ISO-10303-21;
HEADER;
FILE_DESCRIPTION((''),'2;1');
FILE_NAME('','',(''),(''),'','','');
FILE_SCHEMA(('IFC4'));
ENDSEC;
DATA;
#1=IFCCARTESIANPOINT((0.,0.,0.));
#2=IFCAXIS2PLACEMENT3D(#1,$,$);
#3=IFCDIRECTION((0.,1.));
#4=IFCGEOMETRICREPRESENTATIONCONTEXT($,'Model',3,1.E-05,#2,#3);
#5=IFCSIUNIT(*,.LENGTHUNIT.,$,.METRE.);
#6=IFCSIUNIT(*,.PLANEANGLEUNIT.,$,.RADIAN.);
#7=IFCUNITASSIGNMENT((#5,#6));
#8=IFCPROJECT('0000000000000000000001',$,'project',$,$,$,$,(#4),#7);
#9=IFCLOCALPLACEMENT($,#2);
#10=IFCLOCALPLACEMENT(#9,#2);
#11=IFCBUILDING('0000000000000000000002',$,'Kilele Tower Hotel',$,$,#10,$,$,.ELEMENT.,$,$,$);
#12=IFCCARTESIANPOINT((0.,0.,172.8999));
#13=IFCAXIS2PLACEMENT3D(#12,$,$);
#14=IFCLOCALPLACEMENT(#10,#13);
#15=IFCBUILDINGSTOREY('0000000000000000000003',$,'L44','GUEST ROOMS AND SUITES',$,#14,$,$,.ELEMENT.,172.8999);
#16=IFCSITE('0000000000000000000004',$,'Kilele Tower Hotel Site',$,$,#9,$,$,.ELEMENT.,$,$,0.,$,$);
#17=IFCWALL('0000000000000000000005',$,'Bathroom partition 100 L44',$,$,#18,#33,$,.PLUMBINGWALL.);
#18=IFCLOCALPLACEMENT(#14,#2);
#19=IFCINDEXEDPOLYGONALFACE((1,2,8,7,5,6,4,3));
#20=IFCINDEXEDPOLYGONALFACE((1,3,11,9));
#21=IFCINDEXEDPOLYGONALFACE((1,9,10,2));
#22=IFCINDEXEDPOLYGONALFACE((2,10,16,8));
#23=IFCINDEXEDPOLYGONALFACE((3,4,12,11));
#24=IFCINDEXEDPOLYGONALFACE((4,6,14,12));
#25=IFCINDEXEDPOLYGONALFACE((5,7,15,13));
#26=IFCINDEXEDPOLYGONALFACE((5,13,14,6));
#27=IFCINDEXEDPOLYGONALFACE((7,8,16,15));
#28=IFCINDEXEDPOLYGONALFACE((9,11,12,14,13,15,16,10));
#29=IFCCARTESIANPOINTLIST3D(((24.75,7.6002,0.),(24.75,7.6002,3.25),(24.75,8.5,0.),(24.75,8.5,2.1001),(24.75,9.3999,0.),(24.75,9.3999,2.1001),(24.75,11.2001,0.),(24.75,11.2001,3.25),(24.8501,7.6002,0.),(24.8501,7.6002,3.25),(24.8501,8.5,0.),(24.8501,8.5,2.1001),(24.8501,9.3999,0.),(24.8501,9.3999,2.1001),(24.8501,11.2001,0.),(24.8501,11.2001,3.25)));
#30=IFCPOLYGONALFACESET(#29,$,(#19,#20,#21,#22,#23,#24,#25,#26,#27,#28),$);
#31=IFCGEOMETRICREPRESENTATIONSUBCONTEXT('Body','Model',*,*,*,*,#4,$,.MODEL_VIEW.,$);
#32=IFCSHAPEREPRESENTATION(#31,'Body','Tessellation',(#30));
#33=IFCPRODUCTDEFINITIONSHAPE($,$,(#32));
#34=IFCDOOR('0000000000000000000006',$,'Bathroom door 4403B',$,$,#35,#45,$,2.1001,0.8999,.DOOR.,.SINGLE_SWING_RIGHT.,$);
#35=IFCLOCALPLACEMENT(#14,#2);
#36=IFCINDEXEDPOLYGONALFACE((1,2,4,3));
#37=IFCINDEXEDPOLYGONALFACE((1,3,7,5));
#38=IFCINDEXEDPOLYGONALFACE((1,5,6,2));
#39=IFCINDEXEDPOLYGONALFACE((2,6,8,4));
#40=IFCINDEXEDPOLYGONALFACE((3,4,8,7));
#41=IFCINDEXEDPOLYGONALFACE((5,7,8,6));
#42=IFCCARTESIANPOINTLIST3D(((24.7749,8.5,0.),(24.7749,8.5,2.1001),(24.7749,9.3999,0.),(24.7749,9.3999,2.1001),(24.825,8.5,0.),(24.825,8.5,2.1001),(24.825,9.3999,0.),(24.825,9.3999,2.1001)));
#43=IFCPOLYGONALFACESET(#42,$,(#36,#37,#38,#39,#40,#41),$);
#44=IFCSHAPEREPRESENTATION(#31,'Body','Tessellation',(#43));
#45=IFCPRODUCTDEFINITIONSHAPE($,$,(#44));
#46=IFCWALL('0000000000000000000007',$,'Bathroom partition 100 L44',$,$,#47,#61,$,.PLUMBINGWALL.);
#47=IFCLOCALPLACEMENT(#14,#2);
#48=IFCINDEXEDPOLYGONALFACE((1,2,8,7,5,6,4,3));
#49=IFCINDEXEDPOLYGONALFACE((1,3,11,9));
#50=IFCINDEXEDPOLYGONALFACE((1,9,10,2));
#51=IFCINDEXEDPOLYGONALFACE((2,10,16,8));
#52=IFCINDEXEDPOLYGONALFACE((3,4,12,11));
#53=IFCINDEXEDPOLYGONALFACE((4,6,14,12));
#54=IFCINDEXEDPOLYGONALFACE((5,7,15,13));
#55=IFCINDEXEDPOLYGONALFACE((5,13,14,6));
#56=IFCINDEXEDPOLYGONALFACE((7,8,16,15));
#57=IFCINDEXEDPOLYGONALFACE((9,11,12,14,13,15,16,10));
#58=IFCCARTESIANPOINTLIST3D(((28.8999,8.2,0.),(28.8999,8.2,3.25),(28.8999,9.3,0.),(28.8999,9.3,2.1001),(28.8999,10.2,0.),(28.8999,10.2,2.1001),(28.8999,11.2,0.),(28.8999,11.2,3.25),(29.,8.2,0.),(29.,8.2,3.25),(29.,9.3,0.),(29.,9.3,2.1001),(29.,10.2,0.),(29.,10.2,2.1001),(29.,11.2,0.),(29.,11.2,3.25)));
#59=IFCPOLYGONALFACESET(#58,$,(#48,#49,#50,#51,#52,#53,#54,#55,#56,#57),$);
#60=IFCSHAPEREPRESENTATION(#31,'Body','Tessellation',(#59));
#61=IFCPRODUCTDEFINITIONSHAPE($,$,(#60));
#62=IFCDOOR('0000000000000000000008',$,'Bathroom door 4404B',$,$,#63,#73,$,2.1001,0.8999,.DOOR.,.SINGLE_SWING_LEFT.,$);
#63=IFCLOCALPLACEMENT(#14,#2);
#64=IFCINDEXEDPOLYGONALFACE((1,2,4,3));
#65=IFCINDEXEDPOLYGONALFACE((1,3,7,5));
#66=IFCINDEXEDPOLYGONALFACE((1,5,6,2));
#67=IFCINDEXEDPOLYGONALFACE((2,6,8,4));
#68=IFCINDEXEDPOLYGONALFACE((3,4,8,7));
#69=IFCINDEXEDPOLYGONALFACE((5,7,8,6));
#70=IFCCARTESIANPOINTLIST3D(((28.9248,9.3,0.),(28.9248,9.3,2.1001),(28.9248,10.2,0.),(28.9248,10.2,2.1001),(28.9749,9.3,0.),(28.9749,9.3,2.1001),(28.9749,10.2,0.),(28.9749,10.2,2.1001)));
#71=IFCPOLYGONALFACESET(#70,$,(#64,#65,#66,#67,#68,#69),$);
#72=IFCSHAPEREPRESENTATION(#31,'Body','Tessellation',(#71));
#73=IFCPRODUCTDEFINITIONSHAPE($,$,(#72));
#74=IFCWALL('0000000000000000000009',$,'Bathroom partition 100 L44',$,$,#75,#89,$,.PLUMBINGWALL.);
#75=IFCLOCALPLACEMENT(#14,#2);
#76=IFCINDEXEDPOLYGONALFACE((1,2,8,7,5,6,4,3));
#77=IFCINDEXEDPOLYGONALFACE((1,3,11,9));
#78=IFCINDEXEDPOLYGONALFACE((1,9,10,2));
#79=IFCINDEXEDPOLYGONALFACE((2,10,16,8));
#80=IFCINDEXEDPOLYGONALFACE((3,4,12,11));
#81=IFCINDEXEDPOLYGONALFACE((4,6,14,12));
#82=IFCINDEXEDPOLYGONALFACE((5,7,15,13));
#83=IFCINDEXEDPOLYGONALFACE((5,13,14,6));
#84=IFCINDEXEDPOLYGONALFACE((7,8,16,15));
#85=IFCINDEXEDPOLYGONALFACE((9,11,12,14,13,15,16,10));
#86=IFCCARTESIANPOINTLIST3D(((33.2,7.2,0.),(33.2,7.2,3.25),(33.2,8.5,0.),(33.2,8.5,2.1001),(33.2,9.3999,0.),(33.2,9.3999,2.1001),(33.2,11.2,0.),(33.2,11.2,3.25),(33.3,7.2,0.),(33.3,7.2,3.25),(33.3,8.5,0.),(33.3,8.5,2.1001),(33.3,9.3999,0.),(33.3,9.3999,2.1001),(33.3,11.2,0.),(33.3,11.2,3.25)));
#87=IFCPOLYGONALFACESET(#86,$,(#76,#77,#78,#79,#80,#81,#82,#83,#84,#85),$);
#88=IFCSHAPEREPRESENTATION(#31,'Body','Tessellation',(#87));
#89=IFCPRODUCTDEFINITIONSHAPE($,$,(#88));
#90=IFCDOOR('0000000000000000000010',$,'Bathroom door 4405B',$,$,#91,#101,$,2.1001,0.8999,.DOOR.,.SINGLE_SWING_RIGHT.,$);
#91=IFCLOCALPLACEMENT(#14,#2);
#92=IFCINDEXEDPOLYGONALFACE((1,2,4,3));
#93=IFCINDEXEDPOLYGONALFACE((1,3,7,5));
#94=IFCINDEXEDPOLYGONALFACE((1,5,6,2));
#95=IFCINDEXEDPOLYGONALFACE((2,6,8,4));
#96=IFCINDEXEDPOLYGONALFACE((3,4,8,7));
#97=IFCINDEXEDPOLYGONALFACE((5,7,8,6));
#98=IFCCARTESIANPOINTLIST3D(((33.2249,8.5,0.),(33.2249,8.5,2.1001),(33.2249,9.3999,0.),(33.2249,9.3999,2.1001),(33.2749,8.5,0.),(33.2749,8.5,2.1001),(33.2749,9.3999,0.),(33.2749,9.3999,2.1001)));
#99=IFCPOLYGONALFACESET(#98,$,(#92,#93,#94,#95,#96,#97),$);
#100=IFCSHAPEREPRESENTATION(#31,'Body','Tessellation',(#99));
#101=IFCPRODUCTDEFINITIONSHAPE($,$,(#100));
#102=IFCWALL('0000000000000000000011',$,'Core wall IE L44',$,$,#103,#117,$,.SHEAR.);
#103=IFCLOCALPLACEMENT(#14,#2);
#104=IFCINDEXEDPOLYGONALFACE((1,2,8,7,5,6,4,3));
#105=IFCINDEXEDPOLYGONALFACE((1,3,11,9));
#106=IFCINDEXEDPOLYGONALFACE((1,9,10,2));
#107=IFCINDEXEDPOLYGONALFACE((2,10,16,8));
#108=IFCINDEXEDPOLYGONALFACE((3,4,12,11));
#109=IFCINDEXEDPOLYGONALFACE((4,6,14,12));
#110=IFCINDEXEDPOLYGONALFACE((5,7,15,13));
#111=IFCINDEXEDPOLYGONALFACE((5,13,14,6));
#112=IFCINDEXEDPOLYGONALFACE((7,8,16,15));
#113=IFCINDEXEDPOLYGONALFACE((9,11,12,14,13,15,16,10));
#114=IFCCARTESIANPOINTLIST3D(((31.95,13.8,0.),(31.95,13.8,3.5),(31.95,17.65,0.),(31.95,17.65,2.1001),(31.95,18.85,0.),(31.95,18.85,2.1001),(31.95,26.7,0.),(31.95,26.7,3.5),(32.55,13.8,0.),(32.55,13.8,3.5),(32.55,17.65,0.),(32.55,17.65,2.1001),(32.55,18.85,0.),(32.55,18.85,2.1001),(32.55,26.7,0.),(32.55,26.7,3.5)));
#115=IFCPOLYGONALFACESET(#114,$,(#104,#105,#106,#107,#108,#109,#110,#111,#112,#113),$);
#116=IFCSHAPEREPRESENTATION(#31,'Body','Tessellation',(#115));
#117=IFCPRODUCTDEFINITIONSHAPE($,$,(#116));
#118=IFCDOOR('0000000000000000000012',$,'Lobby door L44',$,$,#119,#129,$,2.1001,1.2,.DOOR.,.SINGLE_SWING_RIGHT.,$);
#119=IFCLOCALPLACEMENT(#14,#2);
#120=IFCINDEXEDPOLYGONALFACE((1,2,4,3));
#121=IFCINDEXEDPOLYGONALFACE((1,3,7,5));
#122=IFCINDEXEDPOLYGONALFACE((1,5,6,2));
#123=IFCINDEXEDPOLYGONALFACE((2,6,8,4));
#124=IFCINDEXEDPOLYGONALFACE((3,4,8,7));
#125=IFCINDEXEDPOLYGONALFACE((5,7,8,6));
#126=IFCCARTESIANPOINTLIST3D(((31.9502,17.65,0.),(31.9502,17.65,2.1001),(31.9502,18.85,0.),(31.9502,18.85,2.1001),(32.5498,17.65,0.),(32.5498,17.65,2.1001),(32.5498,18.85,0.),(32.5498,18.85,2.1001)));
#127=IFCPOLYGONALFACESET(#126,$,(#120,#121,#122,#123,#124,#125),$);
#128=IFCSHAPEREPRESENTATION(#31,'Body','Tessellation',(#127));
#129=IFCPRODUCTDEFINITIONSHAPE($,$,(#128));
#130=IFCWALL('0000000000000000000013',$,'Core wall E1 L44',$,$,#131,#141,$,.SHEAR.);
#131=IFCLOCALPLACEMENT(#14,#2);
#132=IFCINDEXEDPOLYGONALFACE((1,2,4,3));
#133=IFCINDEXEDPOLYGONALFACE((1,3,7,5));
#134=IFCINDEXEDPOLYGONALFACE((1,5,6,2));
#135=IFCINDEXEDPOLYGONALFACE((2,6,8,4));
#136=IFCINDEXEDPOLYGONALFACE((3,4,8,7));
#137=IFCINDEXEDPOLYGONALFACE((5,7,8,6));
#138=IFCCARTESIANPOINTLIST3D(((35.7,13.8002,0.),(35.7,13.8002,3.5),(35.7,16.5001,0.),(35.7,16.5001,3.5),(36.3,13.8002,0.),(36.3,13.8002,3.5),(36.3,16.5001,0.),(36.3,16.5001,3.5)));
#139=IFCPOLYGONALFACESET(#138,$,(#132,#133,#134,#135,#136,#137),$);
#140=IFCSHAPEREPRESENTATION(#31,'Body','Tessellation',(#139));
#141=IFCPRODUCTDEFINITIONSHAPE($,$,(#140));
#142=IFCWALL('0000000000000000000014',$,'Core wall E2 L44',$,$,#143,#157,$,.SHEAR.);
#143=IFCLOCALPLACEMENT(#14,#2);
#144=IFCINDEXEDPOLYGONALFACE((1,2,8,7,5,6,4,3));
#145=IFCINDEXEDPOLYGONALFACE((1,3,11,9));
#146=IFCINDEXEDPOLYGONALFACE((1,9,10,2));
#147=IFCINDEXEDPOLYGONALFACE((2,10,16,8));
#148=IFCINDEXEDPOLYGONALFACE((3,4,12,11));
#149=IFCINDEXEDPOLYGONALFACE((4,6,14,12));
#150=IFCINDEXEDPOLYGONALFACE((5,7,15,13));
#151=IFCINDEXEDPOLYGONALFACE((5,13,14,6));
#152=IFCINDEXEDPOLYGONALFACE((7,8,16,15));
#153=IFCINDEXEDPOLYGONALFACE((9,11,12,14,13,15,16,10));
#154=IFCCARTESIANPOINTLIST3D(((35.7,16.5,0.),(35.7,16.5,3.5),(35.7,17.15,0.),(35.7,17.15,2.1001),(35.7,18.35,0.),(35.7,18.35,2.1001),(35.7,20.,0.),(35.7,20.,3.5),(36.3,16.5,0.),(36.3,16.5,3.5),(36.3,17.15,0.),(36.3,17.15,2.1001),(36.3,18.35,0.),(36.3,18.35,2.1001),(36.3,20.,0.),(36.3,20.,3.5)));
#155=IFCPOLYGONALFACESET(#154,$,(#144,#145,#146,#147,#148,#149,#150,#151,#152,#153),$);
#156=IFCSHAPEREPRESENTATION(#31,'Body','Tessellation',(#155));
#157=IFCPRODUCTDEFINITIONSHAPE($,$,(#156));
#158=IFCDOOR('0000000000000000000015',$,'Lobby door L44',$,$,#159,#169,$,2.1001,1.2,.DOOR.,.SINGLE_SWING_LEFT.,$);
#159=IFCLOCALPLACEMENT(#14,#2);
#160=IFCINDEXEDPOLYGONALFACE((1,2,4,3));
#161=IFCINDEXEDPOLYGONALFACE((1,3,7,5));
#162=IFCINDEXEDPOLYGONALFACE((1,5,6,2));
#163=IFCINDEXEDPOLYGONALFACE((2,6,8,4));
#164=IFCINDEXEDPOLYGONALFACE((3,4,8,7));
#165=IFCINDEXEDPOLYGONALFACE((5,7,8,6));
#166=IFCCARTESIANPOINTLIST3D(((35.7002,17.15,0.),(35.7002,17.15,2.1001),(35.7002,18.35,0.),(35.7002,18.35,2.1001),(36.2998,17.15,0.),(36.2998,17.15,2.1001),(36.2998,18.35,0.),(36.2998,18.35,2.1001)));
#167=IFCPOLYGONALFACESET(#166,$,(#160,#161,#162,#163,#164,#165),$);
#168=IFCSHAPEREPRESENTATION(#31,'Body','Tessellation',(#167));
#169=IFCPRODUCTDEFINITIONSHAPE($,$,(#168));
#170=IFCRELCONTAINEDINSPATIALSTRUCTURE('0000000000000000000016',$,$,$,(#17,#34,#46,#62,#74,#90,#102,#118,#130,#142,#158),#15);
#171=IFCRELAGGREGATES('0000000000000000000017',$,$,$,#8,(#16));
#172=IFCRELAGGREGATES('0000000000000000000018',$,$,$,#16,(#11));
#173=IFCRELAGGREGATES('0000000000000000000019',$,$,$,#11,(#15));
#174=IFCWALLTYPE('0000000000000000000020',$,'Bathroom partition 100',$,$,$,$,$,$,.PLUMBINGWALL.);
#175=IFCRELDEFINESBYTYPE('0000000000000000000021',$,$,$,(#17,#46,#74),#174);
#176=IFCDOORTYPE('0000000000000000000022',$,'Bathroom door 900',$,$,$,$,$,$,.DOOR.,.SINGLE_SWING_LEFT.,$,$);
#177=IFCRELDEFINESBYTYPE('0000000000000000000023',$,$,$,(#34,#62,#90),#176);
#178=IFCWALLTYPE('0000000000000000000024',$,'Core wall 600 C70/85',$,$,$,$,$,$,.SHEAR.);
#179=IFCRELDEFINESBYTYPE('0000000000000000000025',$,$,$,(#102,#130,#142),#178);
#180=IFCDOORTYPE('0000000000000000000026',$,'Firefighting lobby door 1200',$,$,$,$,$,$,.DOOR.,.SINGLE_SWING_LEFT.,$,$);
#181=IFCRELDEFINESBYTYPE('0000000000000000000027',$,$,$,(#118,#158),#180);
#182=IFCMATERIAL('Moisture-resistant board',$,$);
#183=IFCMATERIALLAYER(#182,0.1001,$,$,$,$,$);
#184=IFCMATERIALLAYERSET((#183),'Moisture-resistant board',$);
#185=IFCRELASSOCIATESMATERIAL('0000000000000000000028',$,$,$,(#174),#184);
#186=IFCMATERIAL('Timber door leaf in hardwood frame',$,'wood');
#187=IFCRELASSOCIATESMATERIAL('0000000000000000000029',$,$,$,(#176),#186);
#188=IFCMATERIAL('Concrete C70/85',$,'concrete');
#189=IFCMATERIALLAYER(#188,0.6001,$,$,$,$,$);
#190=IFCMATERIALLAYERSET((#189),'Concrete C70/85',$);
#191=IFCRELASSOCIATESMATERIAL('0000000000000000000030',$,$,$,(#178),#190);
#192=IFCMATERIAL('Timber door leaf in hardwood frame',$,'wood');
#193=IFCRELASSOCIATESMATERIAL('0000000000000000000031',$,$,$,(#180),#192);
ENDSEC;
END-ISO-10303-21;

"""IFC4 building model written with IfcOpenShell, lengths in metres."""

from ifc_helpers import new_model, si_unit, direction, frame, frame_2d, origin, place, context, subcontext, project, spatial, rectangle, extrude, material, layer, layer_set, type_object, element, fill, save


model = new_model("IFC4")

# Units and contexts
model_context = context("Model", 3, precision=1e-05, world=origin(), true_north=direction((0.0, 1.0)))
body_context = subcontext(model_context, "Body", "Model", "MODEL_VIEW")
ifc_project = project(units=[si_unit("LENGTHUNIT", "METRE"), si_unit("PLANEANGLEUNIT", "RADIAN")], contexts=[model_context])

# Site, building, storey
site_placement = place(None, origin())
site = spatial("IfcSite", under=ifc_project, at=site_placement, Name="Kilele Tower Hotel Site", CompositionType="ELEMENT", RefElevation=0.0)
building_placement = place(site_placement, origin())
building = spatial("IfcBuilding", under=site, at=building_placement, Name="Kilele Tower Hotel", CompositionType="ELEMENT")
storey_placement = place(building_placement, frame((0.0, 0.0, 172.8999)))
storey = spatial("IfcBuildingStorey", under=building, at=storey_placement, Name="L44", Description="GUEST ROOMS AND SUITES", CompositionType="ELEMENT", Elevation=172.8999)

# Walls, openings, doors
ifc_material_1 = material(Name="Moisture-resistant board")
ifc_layer_1 = layer(ifc_material_1, 0.1001)
ifc_layer_set_1 = layer_set([ifc_layer_1], Name="Moisture-resistant board")
wall_type_1 = type_object("IfcWallType", Name="Bathroom partition 100", PredefinedType="PLUMBINGWALL", material=ifc_layer_set_1)
wall_1_placement = place(storey_placement, frame((24.8, 11.2, 0.0), z_axis=(0.0, 0.0, 1.0), x_axis=(0.0, -1.0, 0.0)))
wall_1 = element("IfcWall", 1, at=wall_1_placement, inside=storey, type_object=wall_type_1, Name="Bathroom partition 100 L44", PredefinedType="PLUMBINGWALL", context=body_context, shape_type="SweptSolid", body=[
    extrude(rectangle(XDim=3.5999, YDim=0.1001, at=frame_2d((1.7998, 0.0))), origin(), (0.0, 0.0, 1.0), 3.25),
])
opening_1_placement = place(wall_1_placement, frame((1.8, 0.0, 0.0)))
opening_1 = element("IfcOpeningElement", 2, at=opening_1_placement, cuts=wall_1, PredefinedType="OPENING", context=body_context, shape_type="SweptSolid", body=[
    extrude(rectangle(XDim=0.8999, YDim=2.1001, at=frame_2d((0.45, 1.05))), frame((0.0, 0.0601, 0.0), z_axis=(0.0, -1.0, 0.0), x_axis=(1.0, 0.0, 0.0)), (0.0, 0.0, 1.0), 0.1201),
])
ifc_material_2 = material(Name="Timber door leaf in hardwood frame", Category="wood")
door_type_1 = type_object("IfcDoorType", Name="Bathroom door 900", OperationType="SINGLE_SWING_LEFT", PredefinedType="DOOR", material=ifc_material_2)
door_1_placement = place(opening_1_placement, origin())
door_1 = element("IfcDoor", 3, at=door_1_placement, inside=storey, type_object=door_type_1, Name="Bathroom door 4403B", OperationType="SINGLE_SWING_RIGHT", OverallHeight=2.1001, OverallWidth=0.8999, PredefinedType="DOOR", context=body_context, shape_type="SweptSolid", body=[
    extrude(rectangle(XDim=0.8999, YDim=2.1001, at=frame_2d((0.45, 1.05))), frame((0.0, 0.0249, 0.0), z_axis=(0.0, -1.0, 0.0), x_axis=(1.0, 0.0, 0.0)), (0.0, 0.0, 1.0), 0.05),
])
fill(opening_1, door_1)
wall_2_placement = place(storey_placement, frame((28.95, 11.2, 0.0), z_axis=(0.0, 0.0, 1.0), x_axis=(0.0, -1.0, 0.0)))
wall_2 = element("IfcWall", 4, at=wall_2_placement, inside=storey, type_object=wall_type_1, Name="Bathroom partition 100 L44", PredefinedType="PLUMBINGWALL", context=body_context, shape_type="SweptSolid", body=[
    extrude(rectangle(XDim=3.0, YDim=0.1001, at=frame_2d((1.5, 0.0))), origin(), (0.0, 0.0, 1.0), 3.25),
])
opening_2_placement = place(wall_2_placement, frame((1.0, 0.0, 0.0)))
opening_2 = element("IfcOpeningElement", 5, at=opening_2_placement, cuts=wall_2, PredefinedType="OPENING", context=body_context, shape_type="SweptSolid", body=[
    extrude(rectangle(XDim=0.8999, YDim=2.1001, at=frame_2d((0.45, 1.05))), frame((0.0, 0.0601, 0.0), z_axis=(0.0, -1.0, 0.0), x_axis=(1.0, 0.0, 0.0)), (0.0, 0.0, 1.0), 0.1201),
])
door_2_placement = place(opening_2_placement, origin())
door_2 = element("IfcDoor", 6, at=door_2_placement, inside=storey, type_object=door_type_1, Name="Bathroom door 4404B", OperationType="SINGLE_SWING_LEFT", OverallHeight=2.1001, OverallWidth=0.8999, PredefinedType="DOOR", context=body_context, shape_type="SweptSolid", body=[
    extrude(rectangle(XDim=0.8999, YDim=2.1001, at=frame_2d((0.45, 1.05))), frame((0.0, 0.0249, 0.0), z_axis=(0.0, -1.0, 0.0), x_axis=(1.0, 0.0, 0.0)), (0.0, 0.0, 1.0), 0.05),
])
fill(opening_2, door_2)
wall_3_placement = place(storey_placement, frame((33.25, 11.2, 0.0), z_axis=(0.0, 0.0, 1.0), x_axis=(0.0, -1.0, 0.0)))
wall_3 = element("IfcWall", 7, at=wall_3_placement, inside=storey, type_object=wall_type_1, Name="Bathroom partition 100 L44", PredefinedType="PLUMBINGWALL", context=body_context, shape_type="SweptSolid", body=[
    extrude(rectangle(XDim=4.0, YDim=0.1001, at=frame_2d((2.0, 0.0))), origin(), (0.0, 0.0, 1.0), 3.25),
])
opening_3_placement = place(wall_3_placement, frame((1.8, 0.0, 0.0)))
opening_3 = element("IfcOpeningElement", 8, at=opening_3_placement, cuts=wall_3, PredefinedType="OPENING", context=body_context, shape_type="SweptSolid", body=[
    extrude(rectangle(XDim=0.8999, YDim=2.1001, at=frame_2d((0.45, 1.05))), frame((0.0, 0.0601, 0.0), z_axis=(0.0, -1.0, 0.0), x_axis=(1.0, 0.0, 0.0)), (0.0, 0.0, 1.0), 0.1201),
])
door_3_placement = place(opening_3_placement, origin())
door_3 = element("IfcDoor", 9, at=door_3_placement, inside=storey, type_object=door_type_1, Name="Bathroom door 4405B", OperationType="SINGLE_SWING_RIGHT", OverallHeight=2.1001, OverallWidth=0.8999, PredefinedType="DOOR", context=body_context, shape_type="SweptSolid", body=[
    extrude(rectangle(XDim=0.8999, YDim=2.1001, at=frame_2d((0.45, 1.05))), frame((0.0, 0.0249, 0.0), z_axis=(0.0, -1.0, 0.0), x_axis=(1.0, 0.0, 0.0)), (0.0, 0.0, 1.0), 0.05),
])
fill(opening_3, door_3)
ifc_material_3 = material(Name="Concrete C70/85", Category="concrete")
ifc_layer_2 = layer(ifc_material_3, 0.6001)
ifc_layer_set_2 = layer_set([ifc_layer_2], Name="Concrete C70/85")
wall_type_2 = type_object("IfcWallType", Name="Core wall 600 C70/85", PredefinedType="SHEAR", material=ifc_layer_set_2)
wall_4_placement = place(storey_placement, frame((32.25, 13.8, 0.0), z_axis=(0.0, 0.0, 1.0), x_axis=(0.0, 1.0, 0.0)))
wall_4 = element("IfcWall", 10, at=wall_4_placement, inside=storey, type_object=wall_type_2, Name="Core wall IE L44", PredefinedType="SHEAR", context=body_context, shape_type="SweptSolid", body=[
    extrude(rectangle(XDim=12.8999, YDim=0.6001, at=frame_2d((6.45, 0.0))), origin(), (0.0, 0.0, 1.0), 3.5),
])
opening_4_placement = place(wall_4_placement, frame((5.05, 0.0, 0.0), z_axis=(0.0, 0.0, 1.0), x_axis=(-1.0, 0.0, 0.0)))
opening_4 = element("IfcOpeningElement", 11, at=opening_4_placement, cuts=wall_4, PredefinedType="OPENING", context=body_context, shape_type="SweptSolid", body=[
    extrude(rectangle(XDim=1.2, YDim=2.1001, at=frame_2d((0.6001, 1.05))), frame((0.0, 0.3101, 0.0), z_axis=(0.0, -1.0, 0.0), x_axis=(1.0, 0.0, 0.0)), (0.0, 0.0, 1.0), 0.6201),
])
ifc_material_4 = material(Name="Timber door leaf in hardwood frame", Category="wood")
door_type_2 = type_object("IfcDoorType", Name="Firefighting lobby door 1200", OperationType="SINGLE_SWING_LEFT", PredefinedType="DOOR", material=ifc_material_4)
door_4_placement = place(opening_4_placement, origin())
door_4 = element("IfcDoor", 12, at=door_4_placement, inside=storey, type_object=door_type_2, Name="Lobby door L44", OperationType="SINGLE_SWING_RIGHT", OverallHeight=2.1001, OverallWidth=1.2, PredefinedType="DOOR", context=body_context, shape_type="SweptSolid", body=[
    extrude(rectangle(XDim=1.2, YDim=2.1001, at=frame_2d((0.6001, 1.05))), frame((0.0, 0.2998, 0.0), z_axis=(0.0, -1.0, 0.0), x_axis=(1.0, 0.0, 0.0)), (0.0, 0.0, 1.0), 0.5996),
])
fill(opening_4, door_4)

# Wall
wall_5_placement = place(storey_placement, frame((36.0, 13.8, 0.0), z_axis=(0.0, 0.0, 1.0), x_axis=(0.0, 1.0, 0.0)))
element("IfcWall", 13, at=wall_5_placement, inside=storey, type_object=wall_type_2, Name="Core wall E1 L44", PredefinedType="SHEAR", context=body_context, shape_type="SweptSolid", body=[
    extrude(rectangle(XDim=2.7, YDim=0.6001, at=frame_2d((1.3501, 0.0))), origin(), (0.0, 0.0, 1.0), 3.5),
])

# Wall, opening, door
wall_6_placement = place(storey_placement, frame((36.0, 16.5, 0.0), z_axis=(0.0, 0.0, 1.0), x_axis=(0.0, 1.0, 0.0)))
wall_6 = element("IfcWall", 14, at=wall_6_placement, inside=storey, type_object=wall_type_2, Name="Core wall E2 L44", PredefinedType="SHEAR", context=body_context, shape_type="SweptSolid", body=[
    extrude(rectangle(XDim=3.5, YDim=0.6001, at=frame_2d((1.75, 0.0))), origin(), (0.0, 0.0, 1.0), 3.5),
])
opening_5_placement = place(wall_6_placement, frame((0.6499, 0.0, 0.0)))
opening_5 = element("IfcOpeningElement", 15, at=opening_5_placement, cuts=wall_6, PredefinedType="OPENING", context=body_context, shape_type="SweptSolid", body=[
    extrude(rectangle(XDim=1.2, YDim=2.1001, at=frame_2d((0.6001, 1.05))), frame((0.0, 0.3101, 0.0), z_axis=(0.0, -1.0, 0.0), x_axis=(1.0, 0.0, 0.0)), (0.0, 0.0, 1.0), 0.6201),
])
door_5_placement = place(opening_5_placement, origin())
door_5 = element("IfcDoor", 16, at=door_5_placement, inside=storey, type_object=door_type_2, Name="Lobby door L44", OperationType="SINGLE_SWING_LEFT", OverallHeight=2.1001, OverallWidth=1.2, PredefinedType="DOOR", context=body_context, shape_type="SweptSolid", body=[
    extrude(rectangle(XDim=1.2, YDim=2.1001, at=frame_2d((0.6001, 1.05))), frame((0.0, 0.2998, 0.0), z_axis=(0.0, -1.0, 0.0), x_axis=(1.0, 0.0, 0.0)), (0.0, 0.0, 1.0), 0.5996),
])
fill(opening_5, door_5)

save(model, "model.ifc")
